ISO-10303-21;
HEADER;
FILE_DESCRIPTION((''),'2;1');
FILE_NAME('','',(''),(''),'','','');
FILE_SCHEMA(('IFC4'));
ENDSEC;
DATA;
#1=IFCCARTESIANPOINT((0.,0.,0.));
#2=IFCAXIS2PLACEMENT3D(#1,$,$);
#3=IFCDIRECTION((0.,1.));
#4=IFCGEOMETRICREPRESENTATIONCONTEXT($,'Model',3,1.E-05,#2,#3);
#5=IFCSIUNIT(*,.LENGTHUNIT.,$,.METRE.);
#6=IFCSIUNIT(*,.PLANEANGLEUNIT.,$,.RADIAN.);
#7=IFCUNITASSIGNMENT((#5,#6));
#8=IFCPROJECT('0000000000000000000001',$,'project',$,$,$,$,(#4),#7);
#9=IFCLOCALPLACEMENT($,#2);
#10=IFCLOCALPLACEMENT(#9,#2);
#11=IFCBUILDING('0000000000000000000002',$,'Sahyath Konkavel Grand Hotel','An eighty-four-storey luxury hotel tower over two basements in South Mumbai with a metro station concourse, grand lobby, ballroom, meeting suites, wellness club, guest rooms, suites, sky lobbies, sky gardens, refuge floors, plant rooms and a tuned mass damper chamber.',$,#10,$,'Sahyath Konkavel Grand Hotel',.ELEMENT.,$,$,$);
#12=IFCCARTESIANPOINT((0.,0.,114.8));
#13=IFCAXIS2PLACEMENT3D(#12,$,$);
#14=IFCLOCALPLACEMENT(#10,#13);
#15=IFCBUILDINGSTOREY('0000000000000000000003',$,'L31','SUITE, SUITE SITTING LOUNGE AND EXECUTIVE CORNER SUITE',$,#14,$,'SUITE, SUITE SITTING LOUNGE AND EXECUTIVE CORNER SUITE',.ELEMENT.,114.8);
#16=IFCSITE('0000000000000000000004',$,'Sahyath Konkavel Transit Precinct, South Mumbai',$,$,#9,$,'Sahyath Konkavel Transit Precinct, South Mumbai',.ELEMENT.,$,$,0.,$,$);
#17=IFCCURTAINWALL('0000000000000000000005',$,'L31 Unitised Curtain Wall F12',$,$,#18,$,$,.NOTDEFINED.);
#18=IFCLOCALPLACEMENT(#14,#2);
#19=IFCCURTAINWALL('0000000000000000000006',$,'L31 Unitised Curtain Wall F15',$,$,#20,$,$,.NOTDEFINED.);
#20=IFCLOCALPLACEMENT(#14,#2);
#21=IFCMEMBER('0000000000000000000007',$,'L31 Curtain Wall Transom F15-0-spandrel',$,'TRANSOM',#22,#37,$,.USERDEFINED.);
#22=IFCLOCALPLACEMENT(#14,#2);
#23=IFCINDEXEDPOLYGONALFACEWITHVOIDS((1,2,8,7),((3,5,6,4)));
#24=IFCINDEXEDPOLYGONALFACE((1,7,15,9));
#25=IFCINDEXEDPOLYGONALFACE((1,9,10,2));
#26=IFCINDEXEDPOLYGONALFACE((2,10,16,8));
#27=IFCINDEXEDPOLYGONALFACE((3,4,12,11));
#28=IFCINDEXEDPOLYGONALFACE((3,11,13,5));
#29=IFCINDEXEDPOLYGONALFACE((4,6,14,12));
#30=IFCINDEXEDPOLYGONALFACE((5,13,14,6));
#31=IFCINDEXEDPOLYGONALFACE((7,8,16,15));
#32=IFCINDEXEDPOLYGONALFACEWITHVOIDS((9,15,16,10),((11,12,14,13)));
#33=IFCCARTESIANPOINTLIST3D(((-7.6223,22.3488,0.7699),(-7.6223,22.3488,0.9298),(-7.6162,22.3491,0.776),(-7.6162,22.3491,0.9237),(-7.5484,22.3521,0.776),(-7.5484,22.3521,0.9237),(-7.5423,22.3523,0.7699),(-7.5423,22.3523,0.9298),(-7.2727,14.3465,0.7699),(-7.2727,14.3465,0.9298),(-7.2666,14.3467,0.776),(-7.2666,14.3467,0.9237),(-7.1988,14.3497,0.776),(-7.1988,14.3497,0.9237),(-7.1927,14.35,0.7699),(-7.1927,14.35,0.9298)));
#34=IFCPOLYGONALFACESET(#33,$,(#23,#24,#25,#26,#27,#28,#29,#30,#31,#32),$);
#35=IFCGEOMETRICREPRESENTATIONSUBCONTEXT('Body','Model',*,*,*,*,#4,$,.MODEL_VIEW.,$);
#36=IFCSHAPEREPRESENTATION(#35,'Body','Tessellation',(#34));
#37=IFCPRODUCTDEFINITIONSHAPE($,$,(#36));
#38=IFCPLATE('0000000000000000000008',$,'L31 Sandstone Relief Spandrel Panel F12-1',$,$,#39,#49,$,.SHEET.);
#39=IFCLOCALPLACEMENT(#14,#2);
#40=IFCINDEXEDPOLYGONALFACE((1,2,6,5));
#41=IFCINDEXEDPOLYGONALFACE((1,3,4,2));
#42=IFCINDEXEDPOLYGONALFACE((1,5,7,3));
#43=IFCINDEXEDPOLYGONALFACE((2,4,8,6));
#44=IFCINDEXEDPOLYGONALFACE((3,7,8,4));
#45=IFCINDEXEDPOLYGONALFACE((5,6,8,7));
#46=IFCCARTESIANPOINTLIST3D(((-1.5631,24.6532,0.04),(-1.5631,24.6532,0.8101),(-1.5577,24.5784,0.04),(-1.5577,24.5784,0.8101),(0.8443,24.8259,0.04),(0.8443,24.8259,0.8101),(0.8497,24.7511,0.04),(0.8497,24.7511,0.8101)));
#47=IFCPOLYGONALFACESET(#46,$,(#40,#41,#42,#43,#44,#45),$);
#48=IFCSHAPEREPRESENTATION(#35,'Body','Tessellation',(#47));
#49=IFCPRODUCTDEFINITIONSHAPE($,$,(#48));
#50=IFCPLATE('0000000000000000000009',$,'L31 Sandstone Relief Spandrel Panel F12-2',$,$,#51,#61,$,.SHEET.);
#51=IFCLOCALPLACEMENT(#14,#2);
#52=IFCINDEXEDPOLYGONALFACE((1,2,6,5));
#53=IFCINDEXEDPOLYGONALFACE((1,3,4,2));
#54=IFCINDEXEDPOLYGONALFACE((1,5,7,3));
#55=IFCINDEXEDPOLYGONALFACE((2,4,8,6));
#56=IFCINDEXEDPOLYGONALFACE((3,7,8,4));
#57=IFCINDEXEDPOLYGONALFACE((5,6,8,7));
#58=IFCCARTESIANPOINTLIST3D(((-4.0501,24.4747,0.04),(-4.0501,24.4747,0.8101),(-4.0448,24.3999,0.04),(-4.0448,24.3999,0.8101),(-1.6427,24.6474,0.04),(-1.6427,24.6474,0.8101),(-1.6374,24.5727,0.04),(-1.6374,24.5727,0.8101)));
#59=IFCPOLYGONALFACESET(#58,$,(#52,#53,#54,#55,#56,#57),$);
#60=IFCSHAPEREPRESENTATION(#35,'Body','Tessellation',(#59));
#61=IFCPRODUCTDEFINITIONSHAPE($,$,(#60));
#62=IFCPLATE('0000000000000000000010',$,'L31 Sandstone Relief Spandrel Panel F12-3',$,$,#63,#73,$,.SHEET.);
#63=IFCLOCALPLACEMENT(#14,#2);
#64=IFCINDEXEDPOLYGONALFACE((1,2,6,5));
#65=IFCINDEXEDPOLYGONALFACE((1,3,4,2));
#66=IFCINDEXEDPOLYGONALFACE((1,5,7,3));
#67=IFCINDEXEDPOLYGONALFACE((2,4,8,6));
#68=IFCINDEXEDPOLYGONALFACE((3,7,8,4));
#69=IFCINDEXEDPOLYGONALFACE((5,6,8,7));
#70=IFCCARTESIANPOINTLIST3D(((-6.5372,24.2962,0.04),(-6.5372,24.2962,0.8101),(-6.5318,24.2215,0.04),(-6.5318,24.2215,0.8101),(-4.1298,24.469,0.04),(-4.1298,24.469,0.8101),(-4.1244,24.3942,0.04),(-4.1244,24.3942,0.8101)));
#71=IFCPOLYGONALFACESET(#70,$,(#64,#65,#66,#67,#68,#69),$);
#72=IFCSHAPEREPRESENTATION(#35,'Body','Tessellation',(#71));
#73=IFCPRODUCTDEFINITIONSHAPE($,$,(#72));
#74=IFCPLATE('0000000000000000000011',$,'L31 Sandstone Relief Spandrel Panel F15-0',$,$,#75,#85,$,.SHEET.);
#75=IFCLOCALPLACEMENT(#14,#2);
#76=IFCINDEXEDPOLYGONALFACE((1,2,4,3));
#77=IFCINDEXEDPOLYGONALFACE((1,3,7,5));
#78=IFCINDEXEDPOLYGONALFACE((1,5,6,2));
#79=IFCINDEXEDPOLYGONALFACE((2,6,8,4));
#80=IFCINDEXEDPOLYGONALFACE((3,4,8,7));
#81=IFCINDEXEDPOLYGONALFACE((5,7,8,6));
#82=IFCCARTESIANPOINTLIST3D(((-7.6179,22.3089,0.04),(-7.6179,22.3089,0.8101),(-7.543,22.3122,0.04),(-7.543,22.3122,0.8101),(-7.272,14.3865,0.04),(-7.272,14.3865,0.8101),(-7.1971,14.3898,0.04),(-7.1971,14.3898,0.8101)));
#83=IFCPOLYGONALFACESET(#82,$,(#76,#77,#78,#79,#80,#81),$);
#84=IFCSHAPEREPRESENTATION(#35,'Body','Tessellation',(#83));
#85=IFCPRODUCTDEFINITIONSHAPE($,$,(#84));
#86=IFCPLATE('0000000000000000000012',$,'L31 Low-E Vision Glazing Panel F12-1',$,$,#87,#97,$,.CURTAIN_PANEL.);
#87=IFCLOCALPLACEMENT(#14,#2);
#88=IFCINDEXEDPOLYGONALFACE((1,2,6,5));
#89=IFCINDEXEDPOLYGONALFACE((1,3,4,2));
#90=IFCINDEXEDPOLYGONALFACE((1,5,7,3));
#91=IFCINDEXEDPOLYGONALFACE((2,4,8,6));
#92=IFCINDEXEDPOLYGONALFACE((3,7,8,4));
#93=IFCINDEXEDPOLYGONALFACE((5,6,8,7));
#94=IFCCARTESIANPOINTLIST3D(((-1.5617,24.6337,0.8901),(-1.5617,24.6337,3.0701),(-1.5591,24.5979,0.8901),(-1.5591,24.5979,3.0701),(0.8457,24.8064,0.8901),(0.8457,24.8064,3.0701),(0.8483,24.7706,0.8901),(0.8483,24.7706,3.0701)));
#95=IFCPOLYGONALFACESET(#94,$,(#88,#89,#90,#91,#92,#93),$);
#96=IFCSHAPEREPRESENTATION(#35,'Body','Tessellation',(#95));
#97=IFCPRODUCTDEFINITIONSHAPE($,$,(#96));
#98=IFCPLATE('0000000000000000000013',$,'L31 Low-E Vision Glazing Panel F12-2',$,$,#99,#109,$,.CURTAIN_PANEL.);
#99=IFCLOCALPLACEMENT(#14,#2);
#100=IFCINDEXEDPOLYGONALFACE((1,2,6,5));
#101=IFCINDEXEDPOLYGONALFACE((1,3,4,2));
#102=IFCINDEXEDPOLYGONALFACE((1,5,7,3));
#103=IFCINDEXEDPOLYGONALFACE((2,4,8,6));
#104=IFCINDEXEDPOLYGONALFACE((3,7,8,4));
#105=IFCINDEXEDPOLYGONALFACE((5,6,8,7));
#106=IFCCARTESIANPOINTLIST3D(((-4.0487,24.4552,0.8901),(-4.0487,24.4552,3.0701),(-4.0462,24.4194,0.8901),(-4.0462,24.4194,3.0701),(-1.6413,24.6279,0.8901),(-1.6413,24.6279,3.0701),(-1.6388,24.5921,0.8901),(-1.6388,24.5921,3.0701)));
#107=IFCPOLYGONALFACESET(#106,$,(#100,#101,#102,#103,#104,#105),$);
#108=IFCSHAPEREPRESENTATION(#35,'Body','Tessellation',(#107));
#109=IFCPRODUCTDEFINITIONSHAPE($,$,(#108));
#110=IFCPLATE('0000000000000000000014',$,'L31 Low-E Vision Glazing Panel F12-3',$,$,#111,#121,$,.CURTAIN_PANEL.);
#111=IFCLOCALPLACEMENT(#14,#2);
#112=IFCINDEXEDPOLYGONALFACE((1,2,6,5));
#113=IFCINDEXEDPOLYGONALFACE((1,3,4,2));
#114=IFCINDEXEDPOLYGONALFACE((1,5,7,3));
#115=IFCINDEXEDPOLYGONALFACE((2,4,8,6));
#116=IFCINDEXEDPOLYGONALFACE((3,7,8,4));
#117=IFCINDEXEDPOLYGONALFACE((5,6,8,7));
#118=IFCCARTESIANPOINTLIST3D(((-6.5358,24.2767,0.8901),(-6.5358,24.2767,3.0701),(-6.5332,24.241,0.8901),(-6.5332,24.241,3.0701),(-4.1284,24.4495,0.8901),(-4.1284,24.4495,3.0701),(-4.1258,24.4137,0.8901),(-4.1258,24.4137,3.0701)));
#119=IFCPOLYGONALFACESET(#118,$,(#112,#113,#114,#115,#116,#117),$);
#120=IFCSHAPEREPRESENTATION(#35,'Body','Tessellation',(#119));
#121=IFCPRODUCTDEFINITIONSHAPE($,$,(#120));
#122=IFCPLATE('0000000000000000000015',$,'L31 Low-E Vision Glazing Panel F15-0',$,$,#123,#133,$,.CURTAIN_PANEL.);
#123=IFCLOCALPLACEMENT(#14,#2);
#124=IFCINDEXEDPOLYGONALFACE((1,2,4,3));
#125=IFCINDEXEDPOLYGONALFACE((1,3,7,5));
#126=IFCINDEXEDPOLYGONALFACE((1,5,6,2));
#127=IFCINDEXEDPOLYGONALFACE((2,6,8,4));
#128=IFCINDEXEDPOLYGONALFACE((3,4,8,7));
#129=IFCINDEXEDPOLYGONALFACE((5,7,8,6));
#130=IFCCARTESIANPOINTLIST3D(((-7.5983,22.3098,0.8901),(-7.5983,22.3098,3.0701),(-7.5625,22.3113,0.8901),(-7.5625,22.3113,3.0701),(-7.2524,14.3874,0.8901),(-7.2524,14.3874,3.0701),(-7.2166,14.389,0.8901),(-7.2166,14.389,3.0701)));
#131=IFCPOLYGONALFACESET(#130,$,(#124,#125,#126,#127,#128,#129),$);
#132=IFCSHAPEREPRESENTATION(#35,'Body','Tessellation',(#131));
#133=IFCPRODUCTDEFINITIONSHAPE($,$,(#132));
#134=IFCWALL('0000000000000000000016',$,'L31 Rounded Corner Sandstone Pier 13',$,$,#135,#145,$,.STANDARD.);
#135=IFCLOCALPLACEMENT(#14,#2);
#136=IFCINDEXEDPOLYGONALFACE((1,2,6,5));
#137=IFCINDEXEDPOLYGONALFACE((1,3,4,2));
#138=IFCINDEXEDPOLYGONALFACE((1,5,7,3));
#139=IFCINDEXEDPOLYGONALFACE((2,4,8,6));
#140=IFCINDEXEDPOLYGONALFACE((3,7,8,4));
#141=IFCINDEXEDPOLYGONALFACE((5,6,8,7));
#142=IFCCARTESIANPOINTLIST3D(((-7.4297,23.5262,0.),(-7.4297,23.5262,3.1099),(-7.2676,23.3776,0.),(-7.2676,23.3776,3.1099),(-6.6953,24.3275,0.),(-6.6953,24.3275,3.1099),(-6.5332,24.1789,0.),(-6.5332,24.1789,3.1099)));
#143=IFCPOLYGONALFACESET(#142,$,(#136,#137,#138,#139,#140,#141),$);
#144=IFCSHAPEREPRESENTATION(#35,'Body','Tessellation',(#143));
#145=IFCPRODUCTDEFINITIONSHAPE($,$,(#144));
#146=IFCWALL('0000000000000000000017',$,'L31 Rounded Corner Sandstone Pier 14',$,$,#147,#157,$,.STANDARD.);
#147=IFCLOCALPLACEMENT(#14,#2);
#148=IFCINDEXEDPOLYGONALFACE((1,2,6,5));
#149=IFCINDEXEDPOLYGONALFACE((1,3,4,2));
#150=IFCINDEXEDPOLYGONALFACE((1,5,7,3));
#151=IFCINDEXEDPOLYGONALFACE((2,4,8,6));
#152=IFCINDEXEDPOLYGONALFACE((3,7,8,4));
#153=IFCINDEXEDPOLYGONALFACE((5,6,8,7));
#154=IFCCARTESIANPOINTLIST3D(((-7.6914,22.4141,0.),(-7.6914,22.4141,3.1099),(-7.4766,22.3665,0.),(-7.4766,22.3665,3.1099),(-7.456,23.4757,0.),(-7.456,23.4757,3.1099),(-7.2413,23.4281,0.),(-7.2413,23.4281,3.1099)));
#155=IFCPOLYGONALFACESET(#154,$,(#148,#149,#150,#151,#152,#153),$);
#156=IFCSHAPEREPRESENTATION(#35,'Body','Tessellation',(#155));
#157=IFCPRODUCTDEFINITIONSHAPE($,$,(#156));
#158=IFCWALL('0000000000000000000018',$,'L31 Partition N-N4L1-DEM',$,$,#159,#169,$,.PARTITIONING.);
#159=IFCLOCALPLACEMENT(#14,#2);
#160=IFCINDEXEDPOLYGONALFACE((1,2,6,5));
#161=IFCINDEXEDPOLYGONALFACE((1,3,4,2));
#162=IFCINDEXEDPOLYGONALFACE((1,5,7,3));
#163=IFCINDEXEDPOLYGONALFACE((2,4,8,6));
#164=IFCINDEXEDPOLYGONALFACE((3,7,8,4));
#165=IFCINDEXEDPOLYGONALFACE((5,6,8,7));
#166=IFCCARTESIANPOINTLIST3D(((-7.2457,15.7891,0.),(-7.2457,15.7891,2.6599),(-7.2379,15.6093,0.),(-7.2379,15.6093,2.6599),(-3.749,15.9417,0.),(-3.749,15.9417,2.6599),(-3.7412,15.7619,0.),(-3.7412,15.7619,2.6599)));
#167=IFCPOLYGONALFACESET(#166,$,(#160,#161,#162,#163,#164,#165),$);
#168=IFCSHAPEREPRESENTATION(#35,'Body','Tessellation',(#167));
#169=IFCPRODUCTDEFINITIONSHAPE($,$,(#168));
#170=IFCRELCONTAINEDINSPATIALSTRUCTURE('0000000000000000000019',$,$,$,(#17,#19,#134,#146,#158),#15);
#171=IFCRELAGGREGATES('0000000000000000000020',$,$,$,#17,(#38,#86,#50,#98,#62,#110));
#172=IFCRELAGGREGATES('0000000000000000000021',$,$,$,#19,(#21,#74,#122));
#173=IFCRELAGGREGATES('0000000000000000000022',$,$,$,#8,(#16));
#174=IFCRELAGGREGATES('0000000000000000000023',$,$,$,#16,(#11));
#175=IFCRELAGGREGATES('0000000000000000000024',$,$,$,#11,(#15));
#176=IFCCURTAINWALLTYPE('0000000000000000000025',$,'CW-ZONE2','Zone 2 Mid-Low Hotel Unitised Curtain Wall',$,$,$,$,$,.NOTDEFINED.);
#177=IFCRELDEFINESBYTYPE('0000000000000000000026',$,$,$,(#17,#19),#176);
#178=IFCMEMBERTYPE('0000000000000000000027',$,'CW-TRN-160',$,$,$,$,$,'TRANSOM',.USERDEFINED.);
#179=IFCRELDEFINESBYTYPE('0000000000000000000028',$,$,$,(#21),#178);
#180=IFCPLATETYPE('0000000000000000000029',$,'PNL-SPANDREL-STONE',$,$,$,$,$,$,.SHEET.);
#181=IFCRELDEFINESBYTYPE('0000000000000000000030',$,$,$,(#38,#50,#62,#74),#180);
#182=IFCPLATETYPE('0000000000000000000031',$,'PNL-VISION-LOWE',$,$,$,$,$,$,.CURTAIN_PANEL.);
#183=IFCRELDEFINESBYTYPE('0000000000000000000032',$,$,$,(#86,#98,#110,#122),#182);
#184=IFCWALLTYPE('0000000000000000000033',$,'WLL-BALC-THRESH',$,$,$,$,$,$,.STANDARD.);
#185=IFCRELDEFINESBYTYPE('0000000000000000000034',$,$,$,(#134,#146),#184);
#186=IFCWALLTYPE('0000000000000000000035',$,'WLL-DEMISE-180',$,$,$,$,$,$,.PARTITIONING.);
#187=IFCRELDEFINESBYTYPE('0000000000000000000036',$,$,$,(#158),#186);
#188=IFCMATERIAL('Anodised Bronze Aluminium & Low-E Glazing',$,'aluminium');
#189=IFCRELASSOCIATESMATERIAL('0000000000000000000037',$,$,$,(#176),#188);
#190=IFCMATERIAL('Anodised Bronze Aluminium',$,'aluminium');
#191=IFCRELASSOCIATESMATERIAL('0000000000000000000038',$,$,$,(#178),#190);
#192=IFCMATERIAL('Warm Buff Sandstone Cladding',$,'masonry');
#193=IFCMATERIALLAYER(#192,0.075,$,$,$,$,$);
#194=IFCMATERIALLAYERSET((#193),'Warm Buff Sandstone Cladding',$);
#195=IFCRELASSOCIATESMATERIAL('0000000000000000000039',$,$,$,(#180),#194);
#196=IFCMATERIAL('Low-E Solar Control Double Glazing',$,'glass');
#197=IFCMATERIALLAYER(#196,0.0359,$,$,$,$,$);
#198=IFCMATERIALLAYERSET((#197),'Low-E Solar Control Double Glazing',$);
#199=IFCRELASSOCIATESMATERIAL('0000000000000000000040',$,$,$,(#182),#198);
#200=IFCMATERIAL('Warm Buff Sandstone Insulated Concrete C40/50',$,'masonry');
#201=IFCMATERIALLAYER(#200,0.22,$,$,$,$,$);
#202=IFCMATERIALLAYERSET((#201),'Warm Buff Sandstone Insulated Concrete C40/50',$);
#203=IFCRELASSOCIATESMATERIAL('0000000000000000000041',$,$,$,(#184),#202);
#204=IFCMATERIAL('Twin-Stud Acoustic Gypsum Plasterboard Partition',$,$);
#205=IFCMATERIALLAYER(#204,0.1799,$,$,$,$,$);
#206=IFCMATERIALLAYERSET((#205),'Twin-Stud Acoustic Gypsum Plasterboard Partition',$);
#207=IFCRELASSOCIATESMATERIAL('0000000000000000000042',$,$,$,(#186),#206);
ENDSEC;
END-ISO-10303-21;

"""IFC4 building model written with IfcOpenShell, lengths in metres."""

from ifc_helpers import new_model, si_unit, direction, frame, frame_2d, origin, origin_2d, place, context, subcontext, project, spatial, rectangle, hollow_rectangle, extrude, source, transform, mapped, material, layer, layer_set, material_profile, profile_set, type_object, element, aggregate, save


model = new_model("IFC4")

# Units and contexts
model_context = context("Model", 3, precision=1e-05, world=origin(), true_north=direction((0.0, 1.0)))
body_context = subcontext(model_context, "Body", "Model", "MODEL_VIEW")
ifc_project = project(units=[si_unit("LENGTHUNIT", "METRE"), si_unit("PLANEANGLEUNIT", "RADIAN")], contexts=[model_context])

# Site, building, storey
site_placement = place(None, origin())
site = spatial("IfcSite", under=ifc_project, at=site_placement, Name="Sahyath Konkavel Transit Precinct, South Mumbai", LongName="Sahyath Konkavel Transit Precinct, South Mumbai", CompositionType="ELEMENT", RefElevation=0.0)
building_placement = place(site_placement, origin())
building = spatial("IfcBuilding", under=site, at=building_placement, Name="Sahyath Konkavel Grand Hotel", Description="An eighty-four-storey luxury hotel tower over two basements in South Mumbai with a metro station concourse, grand lobby, ballroom, meeting suites, wellness club, guest rooms, suites, sky lobbies, sky gardens, refuge floors, plant rooms and a tuned mass damper chamber.", LongName="Sahyath Konkavel Grand Hotel", CompositionType="ELEMENT")
storey_placement = place(building_placement, frame((0.0, 0.0, 114.8)))
storey = spatial("IfcBuildingStorey", under=building, at=storey_placement, Name="L31", Description="SUITE, SUITE SITTING LOUNGE AND EXECUTIVE CORNER SUITE", LongName="SUITE, SUITE SITTING LOUNGE AND EXECUTIVE CORNER SUITE", CompositionType="ELEMENT", Elevation=114.8)

# Curtain wall
ifc_material_1 = material(Name="Anodised Bronze Aluminium & Low-E Glazing", Category="aluminium")
curtain_wall_type = type_object("IfcCurtainWallType", Name="CW-ZONE2", Description="Zone 2 Mid-Low Hotel Unitised Curtain Wall", PredefinedType="NOTDEFINED", material=ifc_material_1)
curtain_wall_1_placement = place(storey_placement, origin())
curtain_wall_1 = element("IfcCurtainWall", 1, at=curtain_wall_1_placement, inside=storey, type_object=curtain_wall_type, Name="L31 Unitised Curtain Wall F12", PredefinedType="NOTDEFINED")
ifc_material_2 = material(Name="Anodised Bronze Aluminium", Category="aluminium")

# Curtain wall
curtain_wall_2_placement = place(storey_placement, origin())
curtain_wall_2 = element("IfcCurtainWall", 2, at=curtain_wall_2_placement, inside=storey, type_object=curtain_wall_type, Name="L31 Unitised Curtain Wall F15", PredefinedType="NOTDEFINED")

# Member
ifc_material_profile_1 = material_profile(ifc_material_2, hollow_rectangle(XDim=0.0801, YDim=0.1599, WallThickness=0.0061, at=origin_2d()), Name="RHS 160x80x6")
ifc_profile_set_1 = profile_set([ifc_material_profile_1], Name="Anodised Bronze Aluminium")
member_type_1 = type_object("IfcMemberType", Name="CW-TRN-160", ElementType="TRANSOM", PredefinedType="USERDEFINED", material=ifc_profile_set_1)
shared_shape_1 = source(origin(), body_context, "Body", "SweptSolid", [
    extrude(hollow_rectangle(XDim=0.0801, YDim=0.1599, WallThickness=0.0061, at=origin_2d()), origin(), (0.0, 0.0, 1.0), 8.01),
])
member_1_placement = place(storey_placement, frame((-7.5823, 22.3506, 0.8499), z_axis=(0.043646, -0.999047, 0.0), x_axis=(0.999047, 0.043646, 0.0)))
member_1 = element("IfcMember", 3, at=member_1_placement, type_object=member_type_1, Name="L31 Curtain Wall Transom F15-0-spandrel", ObjectType="TRANSOM", PredefinedType="USERDEFINED", context=body_context, shape_type="MappedRepresentation", body=[
    mapped(shared_shape_1, transform((0.0, 0.0, 0.0), scale=1.0)),
])

# Plates
ifc_material_3 = material(Name="Warm Buff Sandstone Cladding", Category="masonry")
ifc_layer_1 = layer(ifc_material_3, 0.075)
ifc_layer_set_1 = layer_set([ifc_layer_1], Name="Warm Buff Sandstone Cladding")
plate_type_1 = type_object("IfcPlateType", Name="PNL-SPANDREL-STONE", PredefinedType="SHEET", material=ifc_layer_set_1)
shared_shape_2 = source(origin(), body_context, "Body", "SweptSolid", [
    extrude(rectangle(XDim=2.4136, YDim=0.075, at=origin_2d()), origin(), (0.0, 0.0, 1.0), 0.77),
])
plate_1_placement = place(storey_placement, frame((-0.3567, 24.7021, 0.04), z_axis=(0.0, 0.0, 1.0), x_axis=(-0.997436, -0.071567, 0.0)))
plate_1 = element("IfcPlate", 4, at=plate_1_placement, type_object=plate_type_1, Name="L31 Sandstone Relief Spandrel Panel F12-1", PredefinedType="SHEET", context=body_context, shape_type="MappedRepresentation", body=[
    mapped(shared_shape_2, transform((0.0, 0.0, 0.0), scale=1.0)),
])
plate_2_placement = place(storey_placement, frame((-2.8438, 24.5237, 0.04), z_axis=(0.0, 0.0, 1.0), x_axis=(-0.997436, -0.071567, 0.0)))
plate_2 = element("IfcPlate", 5, at=plate_2_placement, type_object=plate_type_1, Name="L31 Sandstone Relief Spandrel Panel F12-2", PredefinedType="SHEET", context=body_context, shape_type="MappedRepresentation", body=[
    mapped(shared_shape_2, transform((0.0, 0.0, 0.0), scale=1.0)),
])
plate_3_placement = place(storey_placement, frame((-5.3308, 24.3452, 0.04), z_axis=(0.0, 0.0, 1.0), x_axis=(-0.997436, -0.071567, 0.0)))
plate_3 = element("IfcPlate", 6, at=plate_3_placement, type_object=plate_type_1, Name="L31 Sandstone Relief Spandrel Panel F12-3", PredefinedType="SHEET", context=body_context, shape_type="MappedRepresentation", body=[
    mapped(shared_shape_2, transform((0.0, 0.0, 0.0), scale=1.0)),
])
shared_shape_3 = source(origin(), body_context, "Body", "SweptSolid", [
    extrude(rectangle(XDim=7.9299, YDim=0.075, at=origin_2d()), origin(), (0.0, 0.0, 1.0), 0.77),
])
plate_4_placement = place(storey_placement, frame((-7.4075, 18.3494, 0.04), z_axis=(0.0, 0.0, 1.0), x_axis=(0.043619, -0.999048, 0.0)))
plate_4 = element("IfcPlate", 7, at=plate_4_placement, type_object=plate_type_1, Name="L31 Sandstone Relief Spandrel Panel F15-0", PredefinedType="SHEET", context=body_context, shape_type="MappedRepresentation", body=[
    mapped(shared_shape_3, transform((0.0, 0.0, 0.0), scale=1.0)),
])
ifc_material_4 = material(Name="Low-E Solar Control Double Glazing", Category="glass")
ifc_layer_2 = layer(ifc_material_4, 0.0359)
ifc_layer_set_2 = layer_set([ifc_layer_2], Name="Low-E Solar Control Double Glazing")
plate_type_2 = type_object("IfcPlateType", Name="PNL-VISION-LOWE", PredefinedType="CURTAIN_PANEL", material=ifc_layer_set_2)
shared_shape_4 = source(origin(), body_context, "Body", "SweptSolid", [
    extrude(rectangle(XDim=2.4136, YDim=0.0359, at=origin_2d()), origin(), (0.0, 0.0, 1.0), 2.1799),
])
plate_5_placement = place(storey_placement, frame((-0.3567, 24.7021, 0.8901), z_axis=(0.0, 0.0, 1.0), x_axis=(-0.997436, -0.071567, 0.0)))
plate_5 = element("IfcPlate", 8, at=plate_5_placement, type_object=plate_type_2, Name="L31 Low-E Vision Glazing Panel F12-1", PredefinedType="CURTAIN_PANEL", context=body_context, shape_type="MappedRepresentation", body=[
    mapped(shared_shape_4, transform((0.0, 0.0, 0.0), scale=1.0)),
])
plate_6_placement = place(storey_placement, frame((-2.8438, 24.5237, 0.8901), z_axis=(0.0, 0.0, 1.0), x_axis=(-0.997436, -0.071567, 0.0)))
plate_6 = element("IfcPlate", 9, at=plate_6_placement, type_object=plate_type_2, Name="L31 Low-E Vision Glazing Panel F12-2", PredefinedType="CURTAIN_PANEL", context=body_context, shape_type="MappedRepresentation", body=[
    mapped(shared_shape_4, transform((0.0, 0.0, 0.0), scale=1.0)),
])
plate_7_placement = place(storey_placement, frame((-5.3308, 24.3452, 0.8901), z_axis=(0.0, 0.0, 1.0), x_axis=(-0.997436, -0.071567, 0.0)))
plate_7 = element("IfcPlate", 10, at=plate_7_placement, type_object=plate_type_2, Name="L31 Low-E Vision Glazing Panel F12-3", PredefinedType="CURTAIN_PANEL", context=body_context, shape_type="MappedRepresentation", body=[
    mapped(shared_shape_4, transform((0.0, 0.0, 0.0), scale=1.0)),
])
aggregate(curtain_wall_1, [plate_1, plate_5, plate_2, plate_6, plate_3, plate_7])
shared_shape_5 = source(origin(), body_context, "Body", "SweptSolid", [
    extrude(rectangle(XDim=7.9299, YDim=0.0359, at=origin_2d()), origin(), (0.0, 0.0, 1.0), 2.1799),
])
plate_8_placement = place(storey_placement, frame((-7.4075, 18.3494, 0.8901), z_axis=(0.0, 0.0, 1.0), x_axis=(0.043619, -0.999048, 0.0)))
plate_8 = element("IfcPlate", 11, at=plate_8_placement, type_object=plate_type_2, Name="L31 Low-E Vision Glazing Panel F15-0", PredefinedType="CURTAIN_PANEL", context=body_context, shape_type="MappedRepresentation", body=[
    mapped(shared_shape_5, transform((0.0, 0.0, 0.0), scale=1.0)),
])
aggregate(curtain_wall_2, [member_1, plate_4, plate_8])

# Walls
ifc_material_5 = material(Name="Warm Buff Sandstone Insulated Concrete C40/50", Category="masonry")
ifc_layer_3 = layer(ifc_material_5, 0.22)
ifc_layer_set_3 = layer_set([ifc_layer_3], Name="Warm Buff Sandstone Insulated Concrete C40/50")
wall_type_1 = type_object("IfcWallType", Name="WLL-BALC-THRESH", PredefinedType="STANDARD", material=ifc_layer_set_3)
wall_1_placement = place(storey_placement, frame((-6.6143, 24.2532, 0.0), z_axis=(0.0, 0.0, 1.0), x_axis=(-0.675664, -0.73721, 0.0)))
element("IfcWall", 12, at=wall_1_placement, inside=storey, type_object=wall_type_1, Name="L31 Rounded Corner Sandstone Pier 13", PredefinedType="STANDARD", context=body_context, shape_type="SweptSolid", body=[
    extrude(rectangle(XDim=1.0869, YDim=0.22, at=frame_2d((0.5435, 0.0))), origin(), (0.0, 0.0, 1.0), 3.1099),
])
wall_2_placement = place(storey_placement, frame((-7.3486, 23.4519, 0.0), z_axis=(0.0, 0.0, 1.0), x_axis=(-0.216455, -0.976293, 0.0)))
element("IfcWall", 13, at=wall_2_placement, inside=storey, type_object=wall_type_1, Name="L31 Rounded Corner Sandstone Pier 14", PredefinedType="STANDARD", context=body_context, shape_type="SweptSolid", body=[
    extrude(rectangle(XDim=1.0874, YDim=0.22, at=frame_2d((0.5437, 0.0))), origin(), (0.0, 0.0, 1.0), 3.1099),
])
ifc_material_6 = material(Name="Twin-Stud Acoustic Gypsum Plasterboard Partition")
ifc_layer_4 = layer(ifc_material_6, 0.1799)
ifc_layer_set_4 = layer_set([ifc_layer_4], Name="Twin-Stud Acoustic Gypsum Plasterboard Partition")
wall_type_2 = type_object("IfcWallType", Name="WLL-DEMISE-180", PredefinedType="PARTITIONING", material=ifc_layer_set_4)
wall_3_placement = place(storey_placement, frame((-3.7451, 15.8518, 0.0), z_axis=(0.0, 0.0, 1.0), x_axis=(-0.999049, -0.043598, 0.0)))
element("IfcWall", 14, at=wall_3_placement, inside=storey, type_object=wall_type_2, Name="L31 Partition N-N4L1-DEM", PredefinedType="PARTITIONING", context=body_context, shape_type="SweptSolid", body=[
    extrude(rectangle(XDim=3.5, YDim=0.1799, at=frame_2d((1.75, 0.0))), origin(), (0.0, 0.0, 1.0), 2.6599),
])

save(model, "model.ifc")
